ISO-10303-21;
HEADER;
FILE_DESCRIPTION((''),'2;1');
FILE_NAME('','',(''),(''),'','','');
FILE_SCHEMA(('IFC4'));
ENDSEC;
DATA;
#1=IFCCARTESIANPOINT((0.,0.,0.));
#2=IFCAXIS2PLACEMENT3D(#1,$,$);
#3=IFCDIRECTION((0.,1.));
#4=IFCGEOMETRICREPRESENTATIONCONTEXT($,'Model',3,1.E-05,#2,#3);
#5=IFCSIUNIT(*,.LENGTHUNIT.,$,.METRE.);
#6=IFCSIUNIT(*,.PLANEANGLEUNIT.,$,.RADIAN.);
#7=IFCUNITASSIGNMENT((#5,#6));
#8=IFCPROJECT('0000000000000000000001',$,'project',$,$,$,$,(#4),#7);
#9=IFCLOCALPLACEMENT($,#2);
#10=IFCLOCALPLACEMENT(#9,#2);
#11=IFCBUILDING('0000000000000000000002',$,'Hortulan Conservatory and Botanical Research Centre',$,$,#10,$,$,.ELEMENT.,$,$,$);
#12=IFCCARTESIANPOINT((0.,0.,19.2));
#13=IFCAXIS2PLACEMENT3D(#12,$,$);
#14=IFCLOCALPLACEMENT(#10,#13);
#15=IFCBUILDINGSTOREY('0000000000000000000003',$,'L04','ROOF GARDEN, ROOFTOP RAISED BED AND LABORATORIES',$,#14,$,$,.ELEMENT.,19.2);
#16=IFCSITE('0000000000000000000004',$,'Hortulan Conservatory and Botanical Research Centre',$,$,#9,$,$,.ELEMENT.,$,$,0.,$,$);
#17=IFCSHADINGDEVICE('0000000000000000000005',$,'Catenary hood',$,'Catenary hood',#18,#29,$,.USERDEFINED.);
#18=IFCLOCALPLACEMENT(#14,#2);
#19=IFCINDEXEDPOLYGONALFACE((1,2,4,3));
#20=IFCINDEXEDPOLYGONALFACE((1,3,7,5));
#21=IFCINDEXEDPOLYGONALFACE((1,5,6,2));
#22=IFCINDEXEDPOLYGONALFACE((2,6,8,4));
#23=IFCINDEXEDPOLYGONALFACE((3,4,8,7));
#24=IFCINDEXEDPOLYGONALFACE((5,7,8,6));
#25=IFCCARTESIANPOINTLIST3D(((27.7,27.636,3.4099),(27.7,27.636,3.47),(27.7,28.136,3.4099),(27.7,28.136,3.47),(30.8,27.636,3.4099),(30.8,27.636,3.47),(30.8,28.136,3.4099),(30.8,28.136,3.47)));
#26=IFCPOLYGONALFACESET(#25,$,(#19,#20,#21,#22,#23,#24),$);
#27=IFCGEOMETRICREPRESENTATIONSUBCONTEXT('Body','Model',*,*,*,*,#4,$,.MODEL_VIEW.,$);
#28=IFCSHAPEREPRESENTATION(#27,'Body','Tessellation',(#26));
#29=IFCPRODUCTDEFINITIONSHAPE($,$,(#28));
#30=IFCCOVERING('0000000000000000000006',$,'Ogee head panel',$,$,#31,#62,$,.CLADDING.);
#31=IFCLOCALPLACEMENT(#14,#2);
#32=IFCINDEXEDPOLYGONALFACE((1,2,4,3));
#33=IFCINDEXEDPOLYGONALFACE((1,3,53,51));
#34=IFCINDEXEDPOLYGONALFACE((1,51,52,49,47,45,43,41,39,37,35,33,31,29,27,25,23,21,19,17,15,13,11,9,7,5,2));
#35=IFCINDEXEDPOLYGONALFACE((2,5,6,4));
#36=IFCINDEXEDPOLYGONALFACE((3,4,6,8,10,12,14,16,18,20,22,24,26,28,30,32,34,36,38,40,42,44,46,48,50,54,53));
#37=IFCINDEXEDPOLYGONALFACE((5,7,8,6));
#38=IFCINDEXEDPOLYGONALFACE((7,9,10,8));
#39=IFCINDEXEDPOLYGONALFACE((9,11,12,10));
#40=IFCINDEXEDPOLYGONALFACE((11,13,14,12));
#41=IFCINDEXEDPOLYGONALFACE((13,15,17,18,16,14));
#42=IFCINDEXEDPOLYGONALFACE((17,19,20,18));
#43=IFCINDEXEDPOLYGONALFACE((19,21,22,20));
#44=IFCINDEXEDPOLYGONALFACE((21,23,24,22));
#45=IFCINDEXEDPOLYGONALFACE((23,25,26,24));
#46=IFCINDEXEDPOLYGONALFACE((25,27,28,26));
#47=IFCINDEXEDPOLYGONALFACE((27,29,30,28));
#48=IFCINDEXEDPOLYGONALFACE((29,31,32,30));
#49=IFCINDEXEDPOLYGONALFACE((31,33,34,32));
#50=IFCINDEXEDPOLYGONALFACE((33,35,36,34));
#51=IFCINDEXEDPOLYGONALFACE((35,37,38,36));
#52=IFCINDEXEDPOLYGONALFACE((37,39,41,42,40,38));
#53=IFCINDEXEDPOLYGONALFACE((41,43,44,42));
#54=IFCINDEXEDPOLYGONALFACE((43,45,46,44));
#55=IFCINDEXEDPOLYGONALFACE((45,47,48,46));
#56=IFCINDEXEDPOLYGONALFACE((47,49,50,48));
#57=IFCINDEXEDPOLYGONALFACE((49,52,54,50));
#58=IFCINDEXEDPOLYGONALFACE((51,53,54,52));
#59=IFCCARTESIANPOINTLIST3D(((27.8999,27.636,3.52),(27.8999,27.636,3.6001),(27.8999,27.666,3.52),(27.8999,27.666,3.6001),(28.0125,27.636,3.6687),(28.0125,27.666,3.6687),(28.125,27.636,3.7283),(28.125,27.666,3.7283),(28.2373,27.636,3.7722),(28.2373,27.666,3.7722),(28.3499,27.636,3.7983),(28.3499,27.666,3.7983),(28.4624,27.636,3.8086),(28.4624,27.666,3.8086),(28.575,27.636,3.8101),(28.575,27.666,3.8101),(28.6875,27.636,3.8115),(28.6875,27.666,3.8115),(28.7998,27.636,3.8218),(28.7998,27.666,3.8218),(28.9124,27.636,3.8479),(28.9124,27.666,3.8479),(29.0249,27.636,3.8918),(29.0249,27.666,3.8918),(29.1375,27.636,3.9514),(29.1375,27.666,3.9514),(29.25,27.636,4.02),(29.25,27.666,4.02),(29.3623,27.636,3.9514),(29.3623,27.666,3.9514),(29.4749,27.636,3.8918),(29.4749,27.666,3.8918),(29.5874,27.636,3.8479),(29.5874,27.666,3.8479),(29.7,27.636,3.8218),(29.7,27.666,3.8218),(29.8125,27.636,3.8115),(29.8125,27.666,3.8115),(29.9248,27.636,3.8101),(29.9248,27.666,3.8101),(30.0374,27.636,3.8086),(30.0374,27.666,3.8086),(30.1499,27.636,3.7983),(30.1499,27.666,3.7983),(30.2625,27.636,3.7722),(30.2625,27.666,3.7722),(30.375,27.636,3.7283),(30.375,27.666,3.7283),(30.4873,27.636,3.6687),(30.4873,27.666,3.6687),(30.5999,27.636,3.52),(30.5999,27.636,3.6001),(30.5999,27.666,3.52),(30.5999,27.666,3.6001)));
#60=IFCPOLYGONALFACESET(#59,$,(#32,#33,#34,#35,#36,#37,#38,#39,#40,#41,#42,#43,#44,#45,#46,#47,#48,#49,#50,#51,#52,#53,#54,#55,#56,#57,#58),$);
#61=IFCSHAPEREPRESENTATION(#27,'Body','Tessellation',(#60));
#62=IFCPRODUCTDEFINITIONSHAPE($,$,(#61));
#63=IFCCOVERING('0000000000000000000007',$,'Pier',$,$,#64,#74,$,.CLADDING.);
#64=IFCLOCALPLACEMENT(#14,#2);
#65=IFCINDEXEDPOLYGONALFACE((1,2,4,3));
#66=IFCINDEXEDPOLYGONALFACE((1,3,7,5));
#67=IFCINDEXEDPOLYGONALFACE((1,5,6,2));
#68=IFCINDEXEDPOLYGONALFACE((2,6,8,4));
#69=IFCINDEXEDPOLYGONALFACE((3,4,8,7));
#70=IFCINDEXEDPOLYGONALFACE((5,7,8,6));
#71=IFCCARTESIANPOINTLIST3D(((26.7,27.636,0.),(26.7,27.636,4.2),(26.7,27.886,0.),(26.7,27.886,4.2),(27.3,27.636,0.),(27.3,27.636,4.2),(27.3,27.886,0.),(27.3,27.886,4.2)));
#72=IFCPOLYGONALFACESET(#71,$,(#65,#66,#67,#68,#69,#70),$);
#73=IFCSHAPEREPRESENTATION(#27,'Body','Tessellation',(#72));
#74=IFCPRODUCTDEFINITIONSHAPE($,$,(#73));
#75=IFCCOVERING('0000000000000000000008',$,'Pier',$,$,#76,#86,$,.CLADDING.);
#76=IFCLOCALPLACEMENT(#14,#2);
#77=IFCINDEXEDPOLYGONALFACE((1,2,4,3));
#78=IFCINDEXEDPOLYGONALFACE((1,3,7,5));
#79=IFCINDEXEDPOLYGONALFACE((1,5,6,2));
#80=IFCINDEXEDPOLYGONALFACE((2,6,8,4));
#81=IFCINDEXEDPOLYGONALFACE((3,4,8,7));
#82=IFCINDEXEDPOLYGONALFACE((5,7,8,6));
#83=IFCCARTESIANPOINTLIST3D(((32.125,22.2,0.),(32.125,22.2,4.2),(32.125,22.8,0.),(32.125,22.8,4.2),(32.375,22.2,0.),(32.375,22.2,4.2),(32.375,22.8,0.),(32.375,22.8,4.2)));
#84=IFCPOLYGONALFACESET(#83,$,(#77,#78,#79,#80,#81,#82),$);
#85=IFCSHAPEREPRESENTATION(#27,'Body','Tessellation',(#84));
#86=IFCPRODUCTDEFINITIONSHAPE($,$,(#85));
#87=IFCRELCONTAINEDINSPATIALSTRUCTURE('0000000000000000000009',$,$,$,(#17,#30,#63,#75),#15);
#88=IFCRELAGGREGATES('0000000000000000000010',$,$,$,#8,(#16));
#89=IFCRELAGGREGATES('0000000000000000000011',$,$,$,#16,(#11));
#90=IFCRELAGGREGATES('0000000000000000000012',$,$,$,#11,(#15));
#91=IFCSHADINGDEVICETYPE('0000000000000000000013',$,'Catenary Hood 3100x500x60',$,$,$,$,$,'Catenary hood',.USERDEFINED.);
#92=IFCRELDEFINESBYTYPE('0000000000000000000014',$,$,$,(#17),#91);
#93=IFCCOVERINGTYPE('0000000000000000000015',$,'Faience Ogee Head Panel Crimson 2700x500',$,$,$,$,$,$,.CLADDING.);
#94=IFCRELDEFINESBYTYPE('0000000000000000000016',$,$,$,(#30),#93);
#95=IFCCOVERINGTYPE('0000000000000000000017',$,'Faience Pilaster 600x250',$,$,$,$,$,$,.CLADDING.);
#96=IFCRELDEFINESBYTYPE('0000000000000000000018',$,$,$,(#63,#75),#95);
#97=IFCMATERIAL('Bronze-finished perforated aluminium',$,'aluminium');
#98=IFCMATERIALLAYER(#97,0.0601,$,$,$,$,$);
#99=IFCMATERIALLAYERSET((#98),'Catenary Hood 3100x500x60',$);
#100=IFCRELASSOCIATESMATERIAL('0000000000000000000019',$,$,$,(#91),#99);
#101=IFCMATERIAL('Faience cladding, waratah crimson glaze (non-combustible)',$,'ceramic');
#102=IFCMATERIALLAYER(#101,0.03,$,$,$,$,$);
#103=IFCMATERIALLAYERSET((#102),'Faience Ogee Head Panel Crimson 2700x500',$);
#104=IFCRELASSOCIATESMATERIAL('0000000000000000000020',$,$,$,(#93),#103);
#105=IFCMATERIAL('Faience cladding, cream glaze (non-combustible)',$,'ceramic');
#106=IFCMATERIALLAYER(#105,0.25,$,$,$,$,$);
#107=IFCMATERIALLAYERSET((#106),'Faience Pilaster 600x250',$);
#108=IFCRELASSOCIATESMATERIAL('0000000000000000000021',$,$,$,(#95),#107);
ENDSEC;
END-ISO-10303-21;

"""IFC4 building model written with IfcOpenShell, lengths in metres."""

from ifc_helpers import new_model, si_unit, direction, frame, origin, origin_2d, place, context, subcontext, project, spatial, polyline, rectangle, outline, extrude, material, layer, layer_set, type_object, element, save


model = new_model("IFC4")

# Units and contexts
model_context = context("Model", 3, precision=1e-05, world=origin(), true_north=direction((0.0, 1.0)))
body_context = subcontext(model_context, "Body", "Model", "MODEL_VIEW")
ifc_project = project(units=[si_unit("LENGTHUNIT", "METRE"), si_unit("PLANEANGLEUNIT", "RADIAN")], contexts=[model_context])

# Site, building, storey
site_placement = place(None, origin())
site = spatial("IfcSite", under=ifc_project, at=site_placement, Name="Hortulan Conservatory and Botanical Research Centre", CompositionType="ELEMENT", RefElevation=0.0)
building_placement = place(site_placement, origin())
building = spatial("IfcBuilding", under=site, at=building_placement, Name="Hortulan Conservatory and Botanical Research Centre", CompositionType="ELEMENT")
storey_placement = place(building_placement, frame((0.0, 0.0, 19.2)))
storey = spatial("IfcBuildingStorey", under=building, at=storey_placement, Name="L04", Description="ROOF GARDEN, ROOFTOP RAISED BED AND LABORATORIES", CompositionType="ELEMENT", Elevation=19.2)

# Shading device
ifc_material_1 = material(Name="Bronze-finished perforated aluminium", Category="aluminium")
ifc_layer_1 = layer(ifc_material_1, 0.0601)
ifc_layer_set_1 = layer_set([ifc_layer_1], Name="Catenary Hood 3100x500x60")
shading_device_type = type_object("IfcShadingDeviceType", Name="Catenary Hood 3100x500x60", ElementType="Catenary hood", PredefinedType="USERDEFINED", material=ifc_layer_set_1)
shading_device_placement = place(storey_placement, frame((29.25, 27.886, 3.4099), z_axis=(0.0, 0.0, 1.0), x_axis=(1.0, 0.0, 0.0)))
element("IfcShadingDevice", 1, at=shading_device_placement, inside=storey, type_object=shading_device_type, Name="Catenary hood", ObjectType="Catenary hood", PredefinedType="USERDEFINED", context=body_context, shape_type="SweptSolid", body=[
    extrude(rectangle(XDim=3.1001, YDim=0.5, at=origin_2d()), origin(), (0.0, 0.0, 1.0), 0.0601),
])

# Coverings
ifc_material_2 = material(Name="Faience cladding, waratah crimson glaze (non-combustible)", Category="ceramic")
ifc_layer_2 = layer(ifc_material_2, 0.03)
ifc_layer_set_2 = layer_set([ifc_layer_2], Name="Faience Ogee Head Panel Crimson 2700x500")
covering_type_1 = type_object("IfcCoveringType", Name="Faience Ogee Head Panel Crimson 2700x500", PredefinedType="CLADDING", material=ifc_layer_set_2)
covering_placement = place(storey_placement, frame((27.8999, 27.6509, 3.52), z_axis=(0.0, 0.0, 1.0), x_axis=(1.0, 0.0, 0.0)))
element("IfcCovering", 2, at=covering_placement, inside=storey, type_object=covering_type_1, Name="Ogee head panel", PredefinedType="CLADDING", context=body_context, shape_type="SweptSolid", body=[
    extrude(outline(polyline([(0.0, 0.0), (2.7, 0.0), (2.7, 0.0801), (2.5874, 0.1487), (2.4751, 0.2083), (2.3625, 0.2522), (2.25, 0.2783), (2.1375, 0.2886), (2.0249, 0.29), (1.9126, 0.2915), (1.8, 0.3018), (1.6875, 0.3279), (1.575, 0.3718), (1.4624, 0.4314), (1.3501, 0.5), (1.2375, 0.4314), (1.125, 0.3718), (1.0125, 0.3279), (0.8999, 0.3018), (0.7876, 0.2915), (0.675, 0.29), (0.5625, 0.2886), (0.45, 0.2783), (0.3374, 0.2522), (0.2251, 0.2083), (0.1125, 0.1487), (0.0, 0.0801), (0.0, 0.0)])), frame((0.0, 0.0151, 0.0), z_axis=(0.0, -1.0, 0.0), x_axis=(1.0, 0.0, 0.0)), (0.0, 0.0, 1.0), 0.03),
])
ifc_material_3 = material(Name="Faience cladding, cream glaze (non-combustible)", Category="ceramic")
ifc_layer_3 = layer(ifc_material_3, 0.25)
ifc_layer_set_3 = layer_set([ifc_layer_3], Name="Faience Pilaster 600x250")
covering_type_2 = type_object("IfcCoveringType", Name="Faience Pilaster 600x250", PredefinedType="CLADDING", material=ifc_layer_set_3)
for number, where, z_axis, x_axis, name in (
    (3, (27.0, 27.761, 0.0), (0.0, 0.0, 1.0), (1.0, 0.0, 0.0), "Pier"),
    (4, (32.25, 22.5, 0.0), (0.0, 0.0, 1.0), (0.0, 1.0, 0.0), "Pier"),
):
    element("IfcCovering", number, at=place(storey_placement, frame(where, z_axis=z_axis, x_axis=x_axis)), inside=storey, type_object=covering_type_2, Name=name, PredefinedType="CLADDING", context=body_context, shape_type="SweptSolid", body=[
        extrude(rectangle(XDim=0.6001, YDim=0.25, at=origin_2d()), origin(), (0.0, 0.0, 1.0), 4.2),
    ])

save(model, "model.ifc")
